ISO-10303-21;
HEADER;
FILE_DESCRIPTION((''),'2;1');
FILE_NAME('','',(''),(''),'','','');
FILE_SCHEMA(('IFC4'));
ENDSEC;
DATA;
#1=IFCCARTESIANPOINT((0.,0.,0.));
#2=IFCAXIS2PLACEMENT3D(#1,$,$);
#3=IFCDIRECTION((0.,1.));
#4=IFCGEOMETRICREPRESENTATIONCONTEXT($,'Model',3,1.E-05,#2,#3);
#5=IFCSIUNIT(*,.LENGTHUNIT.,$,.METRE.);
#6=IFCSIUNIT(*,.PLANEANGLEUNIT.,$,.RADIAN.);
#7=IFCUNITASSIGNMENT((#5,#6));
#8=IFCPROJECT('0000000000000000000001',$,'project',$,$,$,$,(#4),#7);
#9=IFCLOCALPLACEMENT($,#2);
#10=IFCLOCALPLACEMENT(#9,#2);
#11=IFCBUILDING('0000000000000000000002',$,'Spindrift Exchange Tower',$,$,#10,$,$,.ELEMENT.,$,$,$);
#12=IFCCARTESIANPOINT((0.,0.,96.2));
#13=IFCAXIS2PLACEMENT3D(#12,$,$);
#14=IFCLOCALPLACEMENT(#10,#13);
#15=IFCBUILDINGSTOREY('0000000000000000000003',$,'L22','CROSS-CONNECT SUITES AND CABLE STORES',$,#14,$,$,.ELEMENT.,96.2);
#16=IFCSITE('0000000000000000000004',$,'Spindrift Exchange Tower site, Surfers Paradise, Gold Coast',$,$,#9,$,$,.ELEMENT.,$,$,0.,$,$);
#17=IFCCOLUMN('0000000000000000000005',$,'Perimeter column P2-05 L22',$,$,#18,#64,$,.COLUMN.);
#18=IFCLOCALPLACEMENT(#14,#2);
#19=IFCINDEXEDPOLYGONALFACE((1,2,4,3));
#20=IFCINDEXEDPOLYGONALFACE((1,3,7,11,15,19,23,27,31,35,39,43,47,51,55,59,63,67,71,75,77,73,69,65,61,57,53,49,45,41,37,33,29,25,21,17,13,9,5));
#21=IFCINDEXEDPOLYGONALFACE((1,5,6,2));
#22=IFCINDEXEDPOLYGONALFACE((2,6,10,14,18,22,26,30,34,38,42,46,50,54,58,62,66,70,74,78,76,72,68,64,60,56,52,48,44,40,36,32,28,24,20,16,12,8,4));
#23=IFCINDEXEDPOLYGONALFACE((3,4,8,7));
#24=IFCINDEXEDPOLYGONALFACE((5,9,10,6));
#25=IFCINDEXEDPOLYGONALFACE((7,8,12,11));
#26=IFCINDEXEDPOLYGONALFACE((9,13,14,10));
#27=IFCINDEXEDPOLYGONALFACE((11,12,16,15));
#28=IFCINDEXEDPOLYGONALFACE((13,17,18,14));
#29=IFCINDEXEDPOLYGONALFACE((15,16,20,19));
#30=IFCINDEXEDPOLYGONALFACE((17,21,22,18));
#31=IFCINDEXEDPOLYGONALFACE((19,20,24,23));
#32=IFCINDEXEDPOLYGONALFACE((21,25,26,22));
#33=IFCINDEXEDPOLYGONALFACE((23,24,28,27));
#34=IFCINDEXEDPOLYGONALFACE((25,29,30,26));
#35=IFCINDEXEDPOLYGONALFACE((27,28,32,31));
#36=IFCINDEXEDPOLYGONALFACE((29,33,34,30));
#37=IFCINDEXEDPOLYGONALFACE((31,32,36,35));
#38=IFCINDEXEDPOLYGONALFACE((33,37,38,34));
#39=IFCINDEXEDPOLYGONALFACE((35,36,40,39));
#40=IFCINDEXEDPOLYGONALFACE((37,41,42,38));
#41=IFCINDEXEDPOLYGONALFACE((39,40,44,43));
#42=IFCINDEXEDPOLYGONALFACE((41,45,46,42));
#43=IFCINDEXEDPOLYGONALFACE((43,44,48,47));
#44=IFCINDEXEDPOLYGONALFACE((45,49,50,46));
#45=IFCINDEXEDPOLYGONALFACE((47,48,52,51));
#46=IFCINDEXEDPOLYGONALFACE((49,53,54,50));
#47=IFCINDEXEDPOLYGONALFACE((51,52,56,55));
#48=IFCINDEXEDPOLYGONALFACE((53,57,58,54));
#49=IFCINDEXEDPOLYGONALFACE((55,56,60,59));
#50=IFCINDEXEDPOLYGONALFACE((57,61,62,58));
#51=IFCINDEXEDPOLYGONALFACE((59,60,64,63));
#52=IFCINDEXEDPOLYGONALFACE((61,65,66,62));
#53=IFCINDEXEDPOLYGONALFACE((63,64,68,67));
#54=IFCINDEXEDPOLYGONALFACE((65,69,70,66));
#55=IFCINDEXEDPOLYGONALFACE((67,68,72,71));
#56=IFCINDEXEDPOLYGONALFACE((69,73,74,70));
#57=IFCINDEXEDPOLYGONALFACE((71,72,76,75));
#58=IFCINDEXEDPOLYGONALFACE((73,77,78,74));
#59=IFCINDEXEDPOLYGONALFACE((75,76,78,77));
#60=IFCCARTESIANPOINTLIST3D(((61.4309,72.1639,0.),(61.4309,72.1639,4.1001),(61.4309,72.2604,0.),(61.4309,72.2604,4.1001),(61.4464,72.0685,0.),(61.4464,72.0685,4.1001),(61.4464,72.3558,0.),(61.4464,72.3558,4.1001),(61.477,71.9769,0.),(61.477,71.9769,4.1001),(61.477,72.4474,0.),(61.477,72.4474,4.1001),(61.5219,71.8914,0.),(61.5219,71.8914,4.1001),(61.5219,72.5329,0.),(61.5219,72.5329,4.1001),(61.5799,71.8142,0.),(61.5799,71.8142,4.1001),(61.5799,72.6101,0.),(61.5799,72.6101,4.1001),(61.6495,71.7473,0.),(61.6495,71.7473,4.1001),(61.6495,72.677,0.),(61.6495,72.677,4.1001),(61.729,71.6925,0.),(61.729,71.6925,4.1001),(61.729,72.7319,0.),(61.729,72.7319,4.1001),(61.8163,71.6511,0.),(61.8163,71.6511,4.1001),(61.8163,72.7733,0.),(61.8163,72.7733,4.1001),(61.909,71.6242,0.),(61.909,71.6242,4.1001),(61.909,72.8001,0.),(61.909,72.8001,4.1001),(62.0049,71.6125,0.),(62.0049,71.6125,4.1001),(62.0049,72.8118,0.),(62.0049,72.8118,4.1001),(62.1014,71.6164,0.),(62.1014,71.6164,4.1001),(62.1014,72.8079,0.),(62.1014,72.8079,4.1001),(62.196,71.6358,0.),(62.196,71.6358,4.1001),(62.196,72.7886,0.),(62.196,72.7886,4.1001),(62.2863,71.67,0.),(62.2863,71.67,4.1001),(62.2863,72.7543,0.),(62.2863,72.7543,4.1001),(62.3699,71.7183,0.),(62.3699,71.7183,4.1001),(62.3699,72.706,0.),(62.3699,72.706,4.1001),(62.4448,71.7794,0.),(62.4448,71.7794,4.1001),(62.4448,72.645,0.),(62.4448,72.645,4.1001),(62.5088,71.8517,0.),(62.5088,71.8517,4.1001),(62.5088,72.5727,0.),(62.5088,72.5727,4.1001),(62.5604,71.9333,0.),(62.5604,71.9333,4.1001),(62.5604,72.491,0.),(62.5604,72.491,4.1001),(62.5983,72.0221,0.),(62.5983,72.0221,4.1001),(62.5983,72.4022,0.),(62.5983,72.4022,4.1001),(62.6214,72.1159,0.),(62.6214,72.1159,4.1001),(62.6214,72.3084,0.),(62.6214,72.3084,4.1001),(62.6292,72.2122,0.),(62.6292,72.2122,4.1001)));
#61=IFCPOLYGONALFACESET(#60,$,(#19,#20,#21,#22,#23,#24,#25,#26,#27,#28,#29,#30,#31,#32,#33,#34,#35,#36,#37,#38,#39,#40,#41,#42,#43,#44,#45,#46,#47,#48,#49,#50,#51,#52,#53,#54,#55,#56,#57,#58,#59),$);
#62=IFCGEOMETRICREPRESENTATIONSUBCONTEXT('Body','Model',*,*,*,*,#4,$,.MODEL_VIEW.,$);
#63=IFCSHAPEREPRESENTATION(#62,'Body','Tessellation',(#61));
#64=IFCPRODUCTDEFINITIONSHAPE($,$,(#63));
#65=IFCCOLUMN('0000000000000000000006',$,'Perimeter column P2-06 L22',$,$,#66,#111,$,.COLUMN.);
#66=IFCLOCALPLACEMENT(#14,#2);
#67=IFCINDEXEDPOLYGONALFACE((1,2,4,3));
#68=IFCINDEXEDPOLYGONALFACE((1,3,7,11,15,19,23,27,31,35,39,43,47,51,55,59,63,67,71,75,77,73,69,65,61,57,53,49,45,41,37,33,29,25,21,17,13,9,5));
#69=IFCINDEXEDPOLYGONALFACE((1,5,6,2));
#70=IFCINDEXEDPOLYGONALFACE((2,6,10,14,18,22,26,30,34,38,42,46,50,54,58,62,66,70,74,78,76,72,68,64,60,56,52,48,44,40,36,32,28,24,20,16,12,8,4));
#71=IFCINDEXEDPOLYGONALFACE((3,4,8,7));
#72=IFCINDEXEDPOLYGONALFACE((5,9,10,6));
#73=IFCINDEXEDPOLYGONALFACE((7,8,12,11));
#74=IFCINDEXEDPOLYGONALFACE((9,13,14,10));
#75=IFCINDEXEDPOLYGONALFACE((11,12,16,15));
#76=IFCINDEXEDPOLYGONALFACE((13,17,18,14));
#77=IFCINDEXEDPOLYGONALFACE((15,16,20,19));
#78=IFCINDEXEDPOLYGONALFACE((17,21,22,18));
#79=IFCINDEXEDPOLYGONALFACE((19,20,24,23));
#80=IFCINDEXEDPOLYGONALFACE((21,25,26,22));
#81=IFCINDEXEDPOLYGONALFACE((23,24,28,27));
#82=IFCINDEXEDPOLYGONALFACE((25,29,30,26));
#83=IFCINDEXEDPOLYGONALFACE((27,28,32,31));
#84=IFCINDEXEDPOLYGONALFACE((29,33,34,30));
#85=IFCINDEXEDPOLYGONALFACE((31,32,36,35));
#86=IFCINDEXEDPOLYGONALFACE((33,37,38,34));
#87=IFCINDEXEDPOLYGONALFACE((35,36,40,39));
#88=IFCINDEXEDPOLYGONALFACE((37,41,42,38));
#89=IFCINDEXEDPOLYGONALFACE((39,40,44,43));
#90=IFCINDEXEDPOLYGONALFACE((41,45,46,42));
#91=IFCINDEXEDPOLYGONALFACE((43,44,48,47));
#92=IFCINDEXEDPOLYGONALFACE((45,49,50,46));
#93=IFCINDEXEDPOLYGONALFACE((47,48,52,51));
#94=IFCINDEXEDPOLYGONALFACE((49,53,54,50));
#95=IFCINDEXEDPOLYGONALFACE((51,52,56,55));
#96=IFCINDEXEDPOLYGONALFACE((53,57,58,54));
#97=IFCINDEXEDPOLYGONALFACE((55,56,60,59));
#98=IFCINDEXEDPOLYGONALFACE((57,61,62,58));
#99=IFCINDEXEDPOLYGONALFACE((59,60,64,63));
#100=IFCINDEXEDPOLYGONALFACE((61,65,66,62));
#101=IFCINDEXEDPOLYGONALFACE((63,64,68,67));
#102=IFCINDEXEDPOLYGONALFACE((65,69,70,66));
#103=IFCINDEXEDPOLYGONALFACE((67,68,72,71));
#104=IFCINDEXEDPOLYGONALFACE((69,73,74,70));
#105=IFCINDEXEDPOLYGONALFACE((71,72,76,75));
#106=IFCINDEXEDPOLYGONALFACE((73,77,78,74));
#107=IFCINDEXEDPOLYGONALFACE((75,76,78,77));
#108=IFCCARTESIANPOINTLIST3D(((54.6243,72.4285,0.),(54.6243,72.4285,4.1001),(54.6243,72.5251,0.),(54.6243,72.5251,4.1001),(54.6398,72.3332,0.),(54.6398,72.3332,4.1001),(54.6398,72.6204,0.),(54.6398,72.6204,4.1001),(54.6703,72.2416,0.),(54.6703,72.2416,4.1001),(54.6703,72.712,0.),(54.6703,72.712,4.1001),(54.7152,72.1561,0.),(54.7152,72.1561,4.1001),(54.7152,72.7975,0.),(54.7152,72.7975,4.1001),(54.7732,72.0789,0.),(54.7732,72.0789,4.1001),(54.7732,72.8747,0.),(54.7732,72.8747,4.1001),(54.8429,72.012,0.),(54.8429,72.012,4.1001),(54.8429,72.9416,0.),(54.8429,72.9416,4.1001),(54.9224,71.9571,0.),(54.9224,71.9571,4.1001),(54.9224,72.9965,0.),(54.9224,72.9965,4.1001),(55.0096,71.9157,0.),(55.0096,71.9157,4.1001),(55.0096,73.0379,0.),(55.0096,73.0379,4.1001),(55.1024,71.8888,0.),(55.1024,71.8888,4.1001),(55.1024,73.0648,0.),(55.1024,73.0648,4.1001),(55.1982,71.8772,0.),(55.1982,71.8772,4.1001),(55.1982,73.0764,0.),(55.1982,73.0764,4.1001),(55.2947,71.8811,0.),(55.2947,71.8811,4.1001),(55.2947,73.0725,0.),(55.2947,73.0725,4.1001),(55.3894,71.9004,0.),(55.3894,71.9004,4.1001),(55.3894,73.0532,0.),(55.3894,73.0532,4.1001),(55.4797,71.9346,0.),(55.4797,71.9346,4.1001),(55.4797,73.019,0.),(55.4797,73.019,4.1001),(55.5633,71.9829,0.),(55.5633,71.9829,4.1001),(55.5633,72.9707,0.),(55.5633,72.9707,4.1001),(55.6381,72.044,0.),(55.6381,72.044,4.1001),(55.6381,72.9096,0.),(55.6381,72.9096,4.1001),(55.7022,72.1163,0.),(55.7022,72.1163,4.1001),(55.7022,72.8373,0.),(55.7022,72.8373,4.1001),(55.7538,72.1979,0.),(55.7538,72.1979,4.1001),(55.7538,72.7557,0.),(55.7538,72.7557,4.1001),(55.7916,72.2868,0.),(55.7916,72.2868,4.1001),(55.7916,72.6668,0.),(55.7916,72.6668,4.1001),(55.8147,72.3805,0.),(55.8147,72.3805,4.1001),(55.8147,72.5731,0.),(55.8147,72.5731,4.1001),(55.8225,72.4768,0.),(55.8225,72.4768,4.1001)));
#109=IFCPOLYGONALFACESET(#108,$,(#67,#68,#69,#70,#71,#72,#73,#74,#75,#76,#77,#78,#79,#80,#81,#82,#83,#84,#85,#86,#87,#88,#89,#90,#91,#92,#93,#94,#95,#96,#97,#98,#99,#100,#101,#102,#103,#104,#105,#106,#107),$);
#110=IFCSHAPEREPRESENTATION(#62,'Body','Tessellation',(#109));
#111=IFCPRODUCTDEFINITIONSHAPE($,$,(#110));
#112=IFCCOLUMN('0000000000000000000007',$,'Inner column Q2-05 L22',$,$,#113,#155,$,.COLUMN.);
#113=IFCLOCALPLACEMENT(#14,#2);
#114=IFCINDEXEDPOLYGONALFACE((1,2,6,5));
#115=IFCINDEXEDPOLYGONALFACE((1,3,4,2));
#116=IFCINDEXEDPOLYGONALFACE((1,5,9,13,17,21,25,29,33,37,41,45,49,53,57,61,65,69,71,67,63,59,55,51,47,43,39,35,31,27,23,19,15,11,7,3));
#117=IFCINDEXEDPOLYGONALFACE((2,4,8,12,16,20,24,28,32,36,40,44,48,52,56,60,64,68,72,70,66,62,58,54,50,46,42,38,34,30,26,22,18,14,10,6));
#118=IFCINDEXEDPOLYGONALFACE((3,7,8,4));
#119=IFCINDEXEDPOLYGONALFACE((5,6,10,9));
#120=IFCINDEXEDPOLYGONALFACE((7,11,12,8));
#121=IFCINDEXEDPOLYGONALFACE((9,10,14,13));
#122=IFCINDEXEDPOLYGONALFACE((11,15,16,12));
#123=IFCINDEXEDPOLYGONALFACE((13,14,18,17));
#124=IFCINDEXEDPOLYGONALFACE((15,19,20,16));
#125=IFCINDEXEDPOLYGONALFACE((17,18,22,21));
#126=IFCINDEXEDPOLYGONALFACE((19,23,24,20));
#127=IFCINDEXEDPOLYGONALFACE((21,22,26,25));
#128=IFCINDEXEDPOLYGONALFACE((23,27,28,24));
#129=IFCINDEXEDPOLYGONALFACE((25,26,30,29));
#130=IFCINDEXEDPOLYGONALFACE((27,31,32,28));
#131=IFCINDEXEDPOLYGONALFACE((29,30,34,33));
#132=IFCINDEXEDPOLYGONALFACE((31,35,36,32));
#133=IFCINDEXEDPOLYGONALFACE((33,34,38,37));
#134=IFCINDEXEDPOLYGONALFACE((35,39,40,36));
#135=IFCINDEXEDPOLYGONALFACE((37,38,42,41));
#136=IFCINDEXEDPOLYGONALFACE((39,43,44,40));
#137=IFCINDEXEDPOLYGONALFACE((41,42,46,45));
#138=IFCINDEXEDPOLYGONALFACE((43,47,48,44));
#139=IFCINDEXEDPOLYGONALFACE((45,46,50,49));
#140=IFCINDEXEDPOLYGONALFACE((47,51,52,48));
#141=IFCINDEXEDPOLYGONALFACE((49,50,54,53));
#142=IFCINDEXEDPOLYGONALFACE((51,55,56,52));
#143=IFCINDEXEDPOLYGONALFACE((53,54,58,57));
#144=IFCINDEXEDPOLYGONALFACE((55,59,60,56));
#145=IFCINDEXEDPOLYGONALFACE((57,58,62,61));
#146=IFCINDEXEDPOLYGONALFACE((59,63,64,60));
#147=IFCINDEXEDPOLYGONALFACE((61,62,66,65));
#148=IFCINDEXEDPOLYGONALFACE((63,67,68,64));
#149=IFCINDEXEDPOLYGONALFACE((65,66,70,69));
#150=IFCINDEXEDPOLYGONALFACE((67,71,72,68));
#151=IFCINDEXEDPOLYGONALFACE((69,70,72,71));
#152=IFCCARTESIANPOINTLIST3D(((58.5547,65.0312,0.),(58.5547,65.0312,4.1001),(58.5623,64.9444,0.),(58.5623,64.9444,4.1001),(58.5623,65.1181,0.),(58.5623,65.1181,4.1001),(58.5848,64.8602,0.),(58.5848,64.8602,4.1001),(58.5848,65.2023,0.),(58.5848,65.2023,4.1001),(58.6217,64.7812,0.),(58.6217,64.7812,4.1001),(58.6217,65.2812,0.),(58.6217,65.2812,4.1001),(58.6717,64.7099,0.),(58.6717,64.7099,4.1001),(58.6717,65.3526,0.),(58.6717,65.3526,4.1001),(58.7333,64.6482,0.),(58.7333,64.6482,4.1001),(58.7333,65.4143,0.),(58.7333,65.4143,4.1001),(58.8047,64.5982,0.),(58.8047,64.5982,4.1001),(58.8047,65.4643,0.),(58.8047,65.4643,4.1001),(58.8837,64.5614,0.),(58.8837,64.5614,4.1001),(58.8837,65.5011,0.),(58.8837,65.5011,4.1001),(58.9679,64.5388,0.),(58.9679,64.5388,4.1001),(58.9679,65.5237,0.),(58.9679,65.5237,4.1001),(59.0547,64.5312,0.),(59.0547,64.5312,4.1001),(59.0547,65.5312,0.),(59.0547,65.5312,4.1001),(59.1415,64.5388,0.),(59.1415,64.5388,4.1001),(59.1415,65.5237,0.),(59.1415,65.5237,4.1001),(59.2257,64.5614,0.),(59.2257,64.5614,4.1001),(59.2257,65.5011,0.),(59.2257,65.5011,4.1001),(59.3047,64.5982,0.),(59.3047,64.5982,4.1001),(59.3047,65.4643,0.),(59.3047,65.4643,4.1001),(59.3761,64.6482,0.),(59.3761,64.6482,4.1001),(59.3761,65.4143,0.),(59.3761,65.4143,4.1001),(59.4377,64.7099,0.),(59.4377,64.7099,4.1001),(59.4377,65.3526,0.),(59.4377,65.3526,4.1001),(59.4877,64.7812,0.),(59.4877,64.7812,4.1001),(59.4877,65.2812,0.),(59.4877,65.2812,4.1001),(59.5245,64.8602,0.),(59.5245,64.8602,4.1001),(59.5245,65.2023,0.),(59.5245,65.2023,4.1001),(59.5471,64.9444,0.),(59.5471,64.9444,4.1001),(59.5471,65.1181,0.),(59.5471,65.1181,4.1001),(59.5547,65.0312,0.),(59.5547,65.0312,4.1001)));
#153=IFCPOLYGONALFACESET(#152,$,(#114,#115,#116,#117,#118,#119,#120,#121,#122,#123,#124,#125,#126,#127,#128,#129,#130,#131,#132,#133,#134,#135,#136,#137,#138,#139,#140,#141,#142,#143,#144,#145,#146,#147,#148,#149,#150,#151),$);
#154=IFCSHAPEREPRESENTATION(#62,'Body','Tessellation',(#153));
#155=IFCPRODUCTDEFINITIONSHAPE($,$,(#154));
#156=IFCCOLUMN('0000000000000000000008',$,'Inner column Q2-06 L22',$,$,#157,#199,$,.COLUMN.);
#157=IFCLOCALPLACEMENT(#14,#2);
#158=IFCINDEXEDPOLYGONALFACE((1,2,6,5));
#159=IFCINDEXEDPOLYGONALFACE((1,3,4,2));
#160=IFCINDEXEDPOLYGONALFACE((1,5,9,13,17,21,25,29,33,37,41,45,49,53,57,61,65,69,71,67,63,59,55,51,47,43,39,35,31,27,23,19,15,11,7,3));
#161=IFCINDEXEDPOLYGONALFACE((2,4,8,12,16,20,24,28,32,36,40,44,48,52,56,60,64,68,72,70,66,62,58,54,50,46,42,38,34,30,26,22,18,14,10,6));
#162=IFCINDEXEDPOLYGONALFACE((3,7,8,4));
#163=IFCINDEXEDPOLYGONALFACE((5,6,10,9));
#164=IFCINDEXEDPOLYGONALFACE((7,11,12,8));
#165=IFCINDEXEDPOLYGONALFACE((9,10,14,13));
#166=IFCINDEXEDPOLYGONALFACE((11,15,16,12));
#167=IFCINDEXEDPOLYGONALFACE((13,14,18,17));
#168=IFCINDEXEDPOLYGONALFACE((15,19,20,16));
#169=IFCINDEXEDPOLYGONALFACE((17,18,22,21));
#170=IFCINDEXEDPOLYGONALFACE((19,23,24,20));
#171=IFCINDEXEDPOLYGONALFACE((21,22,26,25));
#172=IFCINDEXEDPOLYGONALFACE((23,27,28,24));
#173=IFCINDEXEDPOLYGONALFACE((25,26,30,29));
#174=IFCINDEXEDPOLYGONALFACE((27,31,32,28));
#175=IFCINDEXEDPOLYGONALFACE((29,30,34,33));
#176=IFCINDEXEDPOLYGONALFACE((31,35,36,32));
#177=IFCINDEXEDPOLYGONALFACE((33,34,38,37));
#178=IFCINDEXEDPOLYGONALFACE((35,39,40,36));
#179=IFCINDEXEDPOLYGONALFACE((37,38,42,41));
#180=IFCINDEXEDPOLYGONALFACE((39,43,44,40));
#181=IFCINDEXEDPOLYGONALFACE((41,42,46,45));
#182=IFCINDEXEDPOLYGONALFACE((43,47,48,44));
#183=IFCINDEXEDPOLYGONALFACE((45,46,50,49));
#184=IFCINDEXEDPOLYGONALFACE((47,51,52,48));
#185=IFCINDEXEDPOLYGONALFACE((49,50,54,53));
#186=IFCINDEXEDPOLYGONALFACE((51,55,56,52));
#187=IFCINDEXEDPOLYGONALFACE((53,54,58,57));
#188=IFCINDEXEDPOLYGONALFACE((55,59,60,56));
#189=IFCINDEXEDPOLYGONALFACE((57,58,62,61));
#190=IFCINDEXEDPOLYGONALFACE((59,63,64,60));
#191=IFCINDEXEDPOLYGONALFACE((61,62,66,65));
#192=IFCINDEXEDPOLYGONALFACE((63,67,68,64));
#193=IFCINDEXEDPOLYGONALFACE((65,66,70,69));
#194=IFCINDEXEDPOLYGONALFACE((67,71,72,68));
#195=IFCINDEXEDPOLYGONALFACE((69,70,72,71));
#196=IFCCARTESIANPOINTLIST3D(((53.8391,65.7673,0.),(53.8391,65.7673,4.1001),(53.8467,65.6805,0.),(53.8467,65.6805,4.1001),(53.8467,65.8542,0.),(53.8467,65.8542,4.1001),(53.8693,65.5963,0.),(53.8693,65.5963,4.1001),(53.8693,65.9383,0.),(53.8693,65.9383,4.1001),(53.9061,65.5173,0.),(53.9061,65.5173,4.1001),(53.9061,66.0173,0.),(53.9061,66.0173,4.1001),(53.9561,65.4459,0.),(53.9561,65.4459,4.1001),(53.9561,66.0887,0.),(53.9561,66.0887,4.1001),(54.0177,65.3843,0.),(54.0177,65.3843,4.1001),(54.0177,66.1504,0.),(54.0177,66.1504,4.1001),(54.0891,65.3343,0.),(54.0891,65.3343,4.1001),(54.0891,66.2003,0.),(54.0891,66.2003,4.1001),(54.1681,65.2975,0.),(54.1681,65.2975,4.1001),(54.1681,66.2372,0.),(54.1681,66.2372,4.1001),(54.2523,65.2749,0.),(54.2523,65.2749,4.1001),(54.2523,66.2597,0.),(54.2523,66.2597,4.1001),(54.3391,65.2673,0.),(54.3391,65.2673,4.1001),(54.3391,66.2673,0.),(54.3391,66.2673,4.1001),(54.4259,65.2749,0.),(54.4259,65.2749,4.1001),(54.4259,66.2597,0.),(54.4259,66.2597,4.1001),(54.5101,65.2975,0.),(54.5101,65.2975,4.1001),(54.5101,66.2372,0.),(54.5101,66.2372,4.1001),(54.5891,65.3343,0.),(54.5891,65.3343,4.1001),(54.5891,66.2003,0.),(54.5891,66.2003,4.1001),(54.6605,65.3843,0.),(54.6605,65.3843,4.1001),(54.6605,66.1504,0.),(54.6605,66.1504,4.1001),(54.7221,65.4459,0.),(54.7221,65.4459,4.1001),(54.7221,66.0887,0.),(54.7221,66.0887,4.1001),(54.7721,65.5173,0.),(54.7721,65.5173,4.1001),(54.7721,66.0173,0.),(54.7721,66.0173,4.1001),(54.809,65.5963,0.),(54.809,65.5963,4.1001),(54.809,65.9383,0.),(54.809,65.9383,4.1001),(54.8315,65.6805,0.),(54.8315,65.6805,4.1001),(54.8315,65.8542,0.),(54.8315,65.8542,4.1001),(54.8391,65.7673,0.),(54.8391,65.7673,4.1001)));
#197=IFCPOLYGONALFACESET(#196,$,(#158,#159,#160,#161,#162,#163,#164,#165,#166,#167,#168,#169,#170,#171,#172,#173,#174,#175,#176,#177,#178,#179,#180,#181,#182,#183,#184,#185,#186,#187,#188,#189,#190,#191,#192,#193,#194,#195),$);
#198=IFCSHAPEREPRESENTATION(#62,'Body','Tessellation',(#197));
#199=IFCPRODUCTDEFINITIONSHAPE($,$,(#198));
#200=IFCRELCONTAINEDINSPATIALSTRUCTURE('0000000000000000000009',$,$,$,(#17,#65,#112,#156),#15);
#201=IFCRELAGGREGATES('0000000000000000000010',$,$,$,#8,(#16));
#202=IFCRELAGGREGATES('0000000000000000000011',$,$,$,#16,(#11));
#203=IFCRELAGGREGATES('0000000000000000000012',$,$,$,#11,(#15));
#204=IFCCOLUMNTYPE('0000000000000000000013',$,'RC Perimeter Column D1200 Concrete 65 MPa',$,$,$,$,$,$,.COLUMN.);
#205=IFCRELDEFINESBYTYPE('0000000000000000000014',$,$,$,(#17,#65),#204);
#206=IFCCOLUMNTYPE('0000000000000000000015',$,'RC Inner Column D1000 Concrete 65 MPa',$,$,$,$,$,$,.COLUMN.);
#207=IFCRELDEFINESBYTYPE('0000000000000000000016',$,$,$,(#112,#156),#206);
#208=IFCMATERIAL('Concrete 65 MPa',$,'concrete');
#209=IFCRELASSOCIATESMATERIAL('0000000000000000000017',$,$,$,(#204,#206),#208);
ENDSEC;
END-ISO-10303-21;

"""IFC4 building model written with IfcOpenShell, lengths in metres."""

from ifc_helpers import new_model, si_unit, direction, frame, origin, origin_2d, place, context, subcontext, project, spatial, circle, extrude, source, transform, mapped, material, material_profile, profile_set, type_object, element, save


model = new_model("IFC4")

# Units and contexts
model_context = context("Model", 3, precision=1e-05, world=origin(), true_north=direction((0.0, 1.0)))
body_context = subcontext(model_context, "Body", "Model", "MODEL_VIEW")
ifc_project = project(units=[si_unit("LENGTHUNIT", "METRE"), si_unit("PLANEANGLEUNIT", "RADIAN")], contexts=[model_context])

# Site, building, storey
site_placement = place(None, origin())
site = spatial("IfcSite", under=ifc_project, at=site_placement, Name="Spindrift Exchange Tower site, Surfers Paradise, Gold Coast", CompositionType="ELEMENT", RefElevation=0.0)
building_placement = place(site_placement, origin())
building = spatial("IfcBuilding", under=site, at=building_placement, Name="Spindrift Exchange Tower", CompositionType="ELEMENT")
storey_placement = place(building_placement, frame((0.0, 0.0, 96.2)))
storey = spatial("IfcBuildingStorey", under=building, at=storey_placement, Name="L22", Description="CROSS-CONNECT SUITES AND CABLE STORES", CompositionType="ELEMENT", Elevation=96.2)

# Columns
ifc_material_1 = material(Name="Concrete 65 MPa", Category="concrete")
ifc_material_profile_1 = material_profile(ifc_material_1, circle(Radius=0.6001, at=origin_2d()), Name="RC D1200")
ifc_profile_set_1 = profile_set([ifc_material_profile_1], Name="Concrete 65 MPa")
column_type_1 = type_object("IfcColumnType", Name="RC Perimeter Column D1200 Concrete 65 MPa", PredefinedType="COLUMN", material=ifc_profile_set_1)
shared_shape_1 = source(origin(), body_context, "Body", "SweptSolid", [
    extrude(circle(Radius=0.6001, at=origin_2d()), origin(), (0.0, 0.0, 1.0), 4.1001),
])
for number, where, z_axis, x_axis, name in (
    (1, (62.0291, 72.2122, 0.0), (0.0, 0.0, 1.0), (1.0, 0.0, 0.0), "Perimeter column P2-05 L22"),
    (2, (55.2224, 72.4768, 0.0), (0.0, 0.0, 1.0), (1.0, 0.0, 0.0), "Perimeter column P2-06 L22"),
):
    element("IfcColumn", number, at=place(storey_placement, frame(where, z_axis=z_axis, x_axis=x_axis)), inside=storey, type_object=column_type_1, Name=name, PredefinedType="COLUMN", context=body_context, shape_type="MappedRepresentation", body=[
        mapped(shared_shape_1, transform((0.0, 0.0, 0.0), scale=1.0)),
    ])
ifc_material_profile_2 = material_profile(ifc_material_1, circle(Radius=0.5, at=origin_2d()), Name="RC D1000")
ifc_profile_set_2 = profile_set([ifc_material_profile_2], Name="Concrete 65 MPa")
column_type_2 = type_object("IfcColumnType", Name="RC Inner Column D1000 Concrete 65 MPa", PredefinedType="COLUMN", material=ifc_profile_set_2)
shared_shape_2 = source(origin(), body_context, "Body", "SweptSolid", [
    extrude(circle(Radius=0.5, at=origin_2d()), origin(), (0.0, 0.0, 1.0), 4.1001),
])
for number, where, z_axis, x_axis, name in (
    (3, (59.0547, 65.0312, 0.0), (0.0, 0.0, 1.0), (1.0, 0.0, 0.0), "Inner column Q2-05 L22"),
    (4, (54.3391, 65.7673, 0.0), (0.0, 0.0, 1.0), (1.0, 0.0, 0.0), "Inner column Q2-06 L22"),
):
    element("IfcColumn", number, at=place(storey_placement, frame(where, z_axis=z_axis, x_axis=x_axis)), inside=storey, type_object=column_type_2, Name=name, PredefinedType="COLUMN", context=body_context, shape_type="MappedRepresentation", body=[
        mapped(shared_shape_2, transform((0.0, 0.0, 0.0), scale=1.0)),
    ])

save(model, "model.ifc")
